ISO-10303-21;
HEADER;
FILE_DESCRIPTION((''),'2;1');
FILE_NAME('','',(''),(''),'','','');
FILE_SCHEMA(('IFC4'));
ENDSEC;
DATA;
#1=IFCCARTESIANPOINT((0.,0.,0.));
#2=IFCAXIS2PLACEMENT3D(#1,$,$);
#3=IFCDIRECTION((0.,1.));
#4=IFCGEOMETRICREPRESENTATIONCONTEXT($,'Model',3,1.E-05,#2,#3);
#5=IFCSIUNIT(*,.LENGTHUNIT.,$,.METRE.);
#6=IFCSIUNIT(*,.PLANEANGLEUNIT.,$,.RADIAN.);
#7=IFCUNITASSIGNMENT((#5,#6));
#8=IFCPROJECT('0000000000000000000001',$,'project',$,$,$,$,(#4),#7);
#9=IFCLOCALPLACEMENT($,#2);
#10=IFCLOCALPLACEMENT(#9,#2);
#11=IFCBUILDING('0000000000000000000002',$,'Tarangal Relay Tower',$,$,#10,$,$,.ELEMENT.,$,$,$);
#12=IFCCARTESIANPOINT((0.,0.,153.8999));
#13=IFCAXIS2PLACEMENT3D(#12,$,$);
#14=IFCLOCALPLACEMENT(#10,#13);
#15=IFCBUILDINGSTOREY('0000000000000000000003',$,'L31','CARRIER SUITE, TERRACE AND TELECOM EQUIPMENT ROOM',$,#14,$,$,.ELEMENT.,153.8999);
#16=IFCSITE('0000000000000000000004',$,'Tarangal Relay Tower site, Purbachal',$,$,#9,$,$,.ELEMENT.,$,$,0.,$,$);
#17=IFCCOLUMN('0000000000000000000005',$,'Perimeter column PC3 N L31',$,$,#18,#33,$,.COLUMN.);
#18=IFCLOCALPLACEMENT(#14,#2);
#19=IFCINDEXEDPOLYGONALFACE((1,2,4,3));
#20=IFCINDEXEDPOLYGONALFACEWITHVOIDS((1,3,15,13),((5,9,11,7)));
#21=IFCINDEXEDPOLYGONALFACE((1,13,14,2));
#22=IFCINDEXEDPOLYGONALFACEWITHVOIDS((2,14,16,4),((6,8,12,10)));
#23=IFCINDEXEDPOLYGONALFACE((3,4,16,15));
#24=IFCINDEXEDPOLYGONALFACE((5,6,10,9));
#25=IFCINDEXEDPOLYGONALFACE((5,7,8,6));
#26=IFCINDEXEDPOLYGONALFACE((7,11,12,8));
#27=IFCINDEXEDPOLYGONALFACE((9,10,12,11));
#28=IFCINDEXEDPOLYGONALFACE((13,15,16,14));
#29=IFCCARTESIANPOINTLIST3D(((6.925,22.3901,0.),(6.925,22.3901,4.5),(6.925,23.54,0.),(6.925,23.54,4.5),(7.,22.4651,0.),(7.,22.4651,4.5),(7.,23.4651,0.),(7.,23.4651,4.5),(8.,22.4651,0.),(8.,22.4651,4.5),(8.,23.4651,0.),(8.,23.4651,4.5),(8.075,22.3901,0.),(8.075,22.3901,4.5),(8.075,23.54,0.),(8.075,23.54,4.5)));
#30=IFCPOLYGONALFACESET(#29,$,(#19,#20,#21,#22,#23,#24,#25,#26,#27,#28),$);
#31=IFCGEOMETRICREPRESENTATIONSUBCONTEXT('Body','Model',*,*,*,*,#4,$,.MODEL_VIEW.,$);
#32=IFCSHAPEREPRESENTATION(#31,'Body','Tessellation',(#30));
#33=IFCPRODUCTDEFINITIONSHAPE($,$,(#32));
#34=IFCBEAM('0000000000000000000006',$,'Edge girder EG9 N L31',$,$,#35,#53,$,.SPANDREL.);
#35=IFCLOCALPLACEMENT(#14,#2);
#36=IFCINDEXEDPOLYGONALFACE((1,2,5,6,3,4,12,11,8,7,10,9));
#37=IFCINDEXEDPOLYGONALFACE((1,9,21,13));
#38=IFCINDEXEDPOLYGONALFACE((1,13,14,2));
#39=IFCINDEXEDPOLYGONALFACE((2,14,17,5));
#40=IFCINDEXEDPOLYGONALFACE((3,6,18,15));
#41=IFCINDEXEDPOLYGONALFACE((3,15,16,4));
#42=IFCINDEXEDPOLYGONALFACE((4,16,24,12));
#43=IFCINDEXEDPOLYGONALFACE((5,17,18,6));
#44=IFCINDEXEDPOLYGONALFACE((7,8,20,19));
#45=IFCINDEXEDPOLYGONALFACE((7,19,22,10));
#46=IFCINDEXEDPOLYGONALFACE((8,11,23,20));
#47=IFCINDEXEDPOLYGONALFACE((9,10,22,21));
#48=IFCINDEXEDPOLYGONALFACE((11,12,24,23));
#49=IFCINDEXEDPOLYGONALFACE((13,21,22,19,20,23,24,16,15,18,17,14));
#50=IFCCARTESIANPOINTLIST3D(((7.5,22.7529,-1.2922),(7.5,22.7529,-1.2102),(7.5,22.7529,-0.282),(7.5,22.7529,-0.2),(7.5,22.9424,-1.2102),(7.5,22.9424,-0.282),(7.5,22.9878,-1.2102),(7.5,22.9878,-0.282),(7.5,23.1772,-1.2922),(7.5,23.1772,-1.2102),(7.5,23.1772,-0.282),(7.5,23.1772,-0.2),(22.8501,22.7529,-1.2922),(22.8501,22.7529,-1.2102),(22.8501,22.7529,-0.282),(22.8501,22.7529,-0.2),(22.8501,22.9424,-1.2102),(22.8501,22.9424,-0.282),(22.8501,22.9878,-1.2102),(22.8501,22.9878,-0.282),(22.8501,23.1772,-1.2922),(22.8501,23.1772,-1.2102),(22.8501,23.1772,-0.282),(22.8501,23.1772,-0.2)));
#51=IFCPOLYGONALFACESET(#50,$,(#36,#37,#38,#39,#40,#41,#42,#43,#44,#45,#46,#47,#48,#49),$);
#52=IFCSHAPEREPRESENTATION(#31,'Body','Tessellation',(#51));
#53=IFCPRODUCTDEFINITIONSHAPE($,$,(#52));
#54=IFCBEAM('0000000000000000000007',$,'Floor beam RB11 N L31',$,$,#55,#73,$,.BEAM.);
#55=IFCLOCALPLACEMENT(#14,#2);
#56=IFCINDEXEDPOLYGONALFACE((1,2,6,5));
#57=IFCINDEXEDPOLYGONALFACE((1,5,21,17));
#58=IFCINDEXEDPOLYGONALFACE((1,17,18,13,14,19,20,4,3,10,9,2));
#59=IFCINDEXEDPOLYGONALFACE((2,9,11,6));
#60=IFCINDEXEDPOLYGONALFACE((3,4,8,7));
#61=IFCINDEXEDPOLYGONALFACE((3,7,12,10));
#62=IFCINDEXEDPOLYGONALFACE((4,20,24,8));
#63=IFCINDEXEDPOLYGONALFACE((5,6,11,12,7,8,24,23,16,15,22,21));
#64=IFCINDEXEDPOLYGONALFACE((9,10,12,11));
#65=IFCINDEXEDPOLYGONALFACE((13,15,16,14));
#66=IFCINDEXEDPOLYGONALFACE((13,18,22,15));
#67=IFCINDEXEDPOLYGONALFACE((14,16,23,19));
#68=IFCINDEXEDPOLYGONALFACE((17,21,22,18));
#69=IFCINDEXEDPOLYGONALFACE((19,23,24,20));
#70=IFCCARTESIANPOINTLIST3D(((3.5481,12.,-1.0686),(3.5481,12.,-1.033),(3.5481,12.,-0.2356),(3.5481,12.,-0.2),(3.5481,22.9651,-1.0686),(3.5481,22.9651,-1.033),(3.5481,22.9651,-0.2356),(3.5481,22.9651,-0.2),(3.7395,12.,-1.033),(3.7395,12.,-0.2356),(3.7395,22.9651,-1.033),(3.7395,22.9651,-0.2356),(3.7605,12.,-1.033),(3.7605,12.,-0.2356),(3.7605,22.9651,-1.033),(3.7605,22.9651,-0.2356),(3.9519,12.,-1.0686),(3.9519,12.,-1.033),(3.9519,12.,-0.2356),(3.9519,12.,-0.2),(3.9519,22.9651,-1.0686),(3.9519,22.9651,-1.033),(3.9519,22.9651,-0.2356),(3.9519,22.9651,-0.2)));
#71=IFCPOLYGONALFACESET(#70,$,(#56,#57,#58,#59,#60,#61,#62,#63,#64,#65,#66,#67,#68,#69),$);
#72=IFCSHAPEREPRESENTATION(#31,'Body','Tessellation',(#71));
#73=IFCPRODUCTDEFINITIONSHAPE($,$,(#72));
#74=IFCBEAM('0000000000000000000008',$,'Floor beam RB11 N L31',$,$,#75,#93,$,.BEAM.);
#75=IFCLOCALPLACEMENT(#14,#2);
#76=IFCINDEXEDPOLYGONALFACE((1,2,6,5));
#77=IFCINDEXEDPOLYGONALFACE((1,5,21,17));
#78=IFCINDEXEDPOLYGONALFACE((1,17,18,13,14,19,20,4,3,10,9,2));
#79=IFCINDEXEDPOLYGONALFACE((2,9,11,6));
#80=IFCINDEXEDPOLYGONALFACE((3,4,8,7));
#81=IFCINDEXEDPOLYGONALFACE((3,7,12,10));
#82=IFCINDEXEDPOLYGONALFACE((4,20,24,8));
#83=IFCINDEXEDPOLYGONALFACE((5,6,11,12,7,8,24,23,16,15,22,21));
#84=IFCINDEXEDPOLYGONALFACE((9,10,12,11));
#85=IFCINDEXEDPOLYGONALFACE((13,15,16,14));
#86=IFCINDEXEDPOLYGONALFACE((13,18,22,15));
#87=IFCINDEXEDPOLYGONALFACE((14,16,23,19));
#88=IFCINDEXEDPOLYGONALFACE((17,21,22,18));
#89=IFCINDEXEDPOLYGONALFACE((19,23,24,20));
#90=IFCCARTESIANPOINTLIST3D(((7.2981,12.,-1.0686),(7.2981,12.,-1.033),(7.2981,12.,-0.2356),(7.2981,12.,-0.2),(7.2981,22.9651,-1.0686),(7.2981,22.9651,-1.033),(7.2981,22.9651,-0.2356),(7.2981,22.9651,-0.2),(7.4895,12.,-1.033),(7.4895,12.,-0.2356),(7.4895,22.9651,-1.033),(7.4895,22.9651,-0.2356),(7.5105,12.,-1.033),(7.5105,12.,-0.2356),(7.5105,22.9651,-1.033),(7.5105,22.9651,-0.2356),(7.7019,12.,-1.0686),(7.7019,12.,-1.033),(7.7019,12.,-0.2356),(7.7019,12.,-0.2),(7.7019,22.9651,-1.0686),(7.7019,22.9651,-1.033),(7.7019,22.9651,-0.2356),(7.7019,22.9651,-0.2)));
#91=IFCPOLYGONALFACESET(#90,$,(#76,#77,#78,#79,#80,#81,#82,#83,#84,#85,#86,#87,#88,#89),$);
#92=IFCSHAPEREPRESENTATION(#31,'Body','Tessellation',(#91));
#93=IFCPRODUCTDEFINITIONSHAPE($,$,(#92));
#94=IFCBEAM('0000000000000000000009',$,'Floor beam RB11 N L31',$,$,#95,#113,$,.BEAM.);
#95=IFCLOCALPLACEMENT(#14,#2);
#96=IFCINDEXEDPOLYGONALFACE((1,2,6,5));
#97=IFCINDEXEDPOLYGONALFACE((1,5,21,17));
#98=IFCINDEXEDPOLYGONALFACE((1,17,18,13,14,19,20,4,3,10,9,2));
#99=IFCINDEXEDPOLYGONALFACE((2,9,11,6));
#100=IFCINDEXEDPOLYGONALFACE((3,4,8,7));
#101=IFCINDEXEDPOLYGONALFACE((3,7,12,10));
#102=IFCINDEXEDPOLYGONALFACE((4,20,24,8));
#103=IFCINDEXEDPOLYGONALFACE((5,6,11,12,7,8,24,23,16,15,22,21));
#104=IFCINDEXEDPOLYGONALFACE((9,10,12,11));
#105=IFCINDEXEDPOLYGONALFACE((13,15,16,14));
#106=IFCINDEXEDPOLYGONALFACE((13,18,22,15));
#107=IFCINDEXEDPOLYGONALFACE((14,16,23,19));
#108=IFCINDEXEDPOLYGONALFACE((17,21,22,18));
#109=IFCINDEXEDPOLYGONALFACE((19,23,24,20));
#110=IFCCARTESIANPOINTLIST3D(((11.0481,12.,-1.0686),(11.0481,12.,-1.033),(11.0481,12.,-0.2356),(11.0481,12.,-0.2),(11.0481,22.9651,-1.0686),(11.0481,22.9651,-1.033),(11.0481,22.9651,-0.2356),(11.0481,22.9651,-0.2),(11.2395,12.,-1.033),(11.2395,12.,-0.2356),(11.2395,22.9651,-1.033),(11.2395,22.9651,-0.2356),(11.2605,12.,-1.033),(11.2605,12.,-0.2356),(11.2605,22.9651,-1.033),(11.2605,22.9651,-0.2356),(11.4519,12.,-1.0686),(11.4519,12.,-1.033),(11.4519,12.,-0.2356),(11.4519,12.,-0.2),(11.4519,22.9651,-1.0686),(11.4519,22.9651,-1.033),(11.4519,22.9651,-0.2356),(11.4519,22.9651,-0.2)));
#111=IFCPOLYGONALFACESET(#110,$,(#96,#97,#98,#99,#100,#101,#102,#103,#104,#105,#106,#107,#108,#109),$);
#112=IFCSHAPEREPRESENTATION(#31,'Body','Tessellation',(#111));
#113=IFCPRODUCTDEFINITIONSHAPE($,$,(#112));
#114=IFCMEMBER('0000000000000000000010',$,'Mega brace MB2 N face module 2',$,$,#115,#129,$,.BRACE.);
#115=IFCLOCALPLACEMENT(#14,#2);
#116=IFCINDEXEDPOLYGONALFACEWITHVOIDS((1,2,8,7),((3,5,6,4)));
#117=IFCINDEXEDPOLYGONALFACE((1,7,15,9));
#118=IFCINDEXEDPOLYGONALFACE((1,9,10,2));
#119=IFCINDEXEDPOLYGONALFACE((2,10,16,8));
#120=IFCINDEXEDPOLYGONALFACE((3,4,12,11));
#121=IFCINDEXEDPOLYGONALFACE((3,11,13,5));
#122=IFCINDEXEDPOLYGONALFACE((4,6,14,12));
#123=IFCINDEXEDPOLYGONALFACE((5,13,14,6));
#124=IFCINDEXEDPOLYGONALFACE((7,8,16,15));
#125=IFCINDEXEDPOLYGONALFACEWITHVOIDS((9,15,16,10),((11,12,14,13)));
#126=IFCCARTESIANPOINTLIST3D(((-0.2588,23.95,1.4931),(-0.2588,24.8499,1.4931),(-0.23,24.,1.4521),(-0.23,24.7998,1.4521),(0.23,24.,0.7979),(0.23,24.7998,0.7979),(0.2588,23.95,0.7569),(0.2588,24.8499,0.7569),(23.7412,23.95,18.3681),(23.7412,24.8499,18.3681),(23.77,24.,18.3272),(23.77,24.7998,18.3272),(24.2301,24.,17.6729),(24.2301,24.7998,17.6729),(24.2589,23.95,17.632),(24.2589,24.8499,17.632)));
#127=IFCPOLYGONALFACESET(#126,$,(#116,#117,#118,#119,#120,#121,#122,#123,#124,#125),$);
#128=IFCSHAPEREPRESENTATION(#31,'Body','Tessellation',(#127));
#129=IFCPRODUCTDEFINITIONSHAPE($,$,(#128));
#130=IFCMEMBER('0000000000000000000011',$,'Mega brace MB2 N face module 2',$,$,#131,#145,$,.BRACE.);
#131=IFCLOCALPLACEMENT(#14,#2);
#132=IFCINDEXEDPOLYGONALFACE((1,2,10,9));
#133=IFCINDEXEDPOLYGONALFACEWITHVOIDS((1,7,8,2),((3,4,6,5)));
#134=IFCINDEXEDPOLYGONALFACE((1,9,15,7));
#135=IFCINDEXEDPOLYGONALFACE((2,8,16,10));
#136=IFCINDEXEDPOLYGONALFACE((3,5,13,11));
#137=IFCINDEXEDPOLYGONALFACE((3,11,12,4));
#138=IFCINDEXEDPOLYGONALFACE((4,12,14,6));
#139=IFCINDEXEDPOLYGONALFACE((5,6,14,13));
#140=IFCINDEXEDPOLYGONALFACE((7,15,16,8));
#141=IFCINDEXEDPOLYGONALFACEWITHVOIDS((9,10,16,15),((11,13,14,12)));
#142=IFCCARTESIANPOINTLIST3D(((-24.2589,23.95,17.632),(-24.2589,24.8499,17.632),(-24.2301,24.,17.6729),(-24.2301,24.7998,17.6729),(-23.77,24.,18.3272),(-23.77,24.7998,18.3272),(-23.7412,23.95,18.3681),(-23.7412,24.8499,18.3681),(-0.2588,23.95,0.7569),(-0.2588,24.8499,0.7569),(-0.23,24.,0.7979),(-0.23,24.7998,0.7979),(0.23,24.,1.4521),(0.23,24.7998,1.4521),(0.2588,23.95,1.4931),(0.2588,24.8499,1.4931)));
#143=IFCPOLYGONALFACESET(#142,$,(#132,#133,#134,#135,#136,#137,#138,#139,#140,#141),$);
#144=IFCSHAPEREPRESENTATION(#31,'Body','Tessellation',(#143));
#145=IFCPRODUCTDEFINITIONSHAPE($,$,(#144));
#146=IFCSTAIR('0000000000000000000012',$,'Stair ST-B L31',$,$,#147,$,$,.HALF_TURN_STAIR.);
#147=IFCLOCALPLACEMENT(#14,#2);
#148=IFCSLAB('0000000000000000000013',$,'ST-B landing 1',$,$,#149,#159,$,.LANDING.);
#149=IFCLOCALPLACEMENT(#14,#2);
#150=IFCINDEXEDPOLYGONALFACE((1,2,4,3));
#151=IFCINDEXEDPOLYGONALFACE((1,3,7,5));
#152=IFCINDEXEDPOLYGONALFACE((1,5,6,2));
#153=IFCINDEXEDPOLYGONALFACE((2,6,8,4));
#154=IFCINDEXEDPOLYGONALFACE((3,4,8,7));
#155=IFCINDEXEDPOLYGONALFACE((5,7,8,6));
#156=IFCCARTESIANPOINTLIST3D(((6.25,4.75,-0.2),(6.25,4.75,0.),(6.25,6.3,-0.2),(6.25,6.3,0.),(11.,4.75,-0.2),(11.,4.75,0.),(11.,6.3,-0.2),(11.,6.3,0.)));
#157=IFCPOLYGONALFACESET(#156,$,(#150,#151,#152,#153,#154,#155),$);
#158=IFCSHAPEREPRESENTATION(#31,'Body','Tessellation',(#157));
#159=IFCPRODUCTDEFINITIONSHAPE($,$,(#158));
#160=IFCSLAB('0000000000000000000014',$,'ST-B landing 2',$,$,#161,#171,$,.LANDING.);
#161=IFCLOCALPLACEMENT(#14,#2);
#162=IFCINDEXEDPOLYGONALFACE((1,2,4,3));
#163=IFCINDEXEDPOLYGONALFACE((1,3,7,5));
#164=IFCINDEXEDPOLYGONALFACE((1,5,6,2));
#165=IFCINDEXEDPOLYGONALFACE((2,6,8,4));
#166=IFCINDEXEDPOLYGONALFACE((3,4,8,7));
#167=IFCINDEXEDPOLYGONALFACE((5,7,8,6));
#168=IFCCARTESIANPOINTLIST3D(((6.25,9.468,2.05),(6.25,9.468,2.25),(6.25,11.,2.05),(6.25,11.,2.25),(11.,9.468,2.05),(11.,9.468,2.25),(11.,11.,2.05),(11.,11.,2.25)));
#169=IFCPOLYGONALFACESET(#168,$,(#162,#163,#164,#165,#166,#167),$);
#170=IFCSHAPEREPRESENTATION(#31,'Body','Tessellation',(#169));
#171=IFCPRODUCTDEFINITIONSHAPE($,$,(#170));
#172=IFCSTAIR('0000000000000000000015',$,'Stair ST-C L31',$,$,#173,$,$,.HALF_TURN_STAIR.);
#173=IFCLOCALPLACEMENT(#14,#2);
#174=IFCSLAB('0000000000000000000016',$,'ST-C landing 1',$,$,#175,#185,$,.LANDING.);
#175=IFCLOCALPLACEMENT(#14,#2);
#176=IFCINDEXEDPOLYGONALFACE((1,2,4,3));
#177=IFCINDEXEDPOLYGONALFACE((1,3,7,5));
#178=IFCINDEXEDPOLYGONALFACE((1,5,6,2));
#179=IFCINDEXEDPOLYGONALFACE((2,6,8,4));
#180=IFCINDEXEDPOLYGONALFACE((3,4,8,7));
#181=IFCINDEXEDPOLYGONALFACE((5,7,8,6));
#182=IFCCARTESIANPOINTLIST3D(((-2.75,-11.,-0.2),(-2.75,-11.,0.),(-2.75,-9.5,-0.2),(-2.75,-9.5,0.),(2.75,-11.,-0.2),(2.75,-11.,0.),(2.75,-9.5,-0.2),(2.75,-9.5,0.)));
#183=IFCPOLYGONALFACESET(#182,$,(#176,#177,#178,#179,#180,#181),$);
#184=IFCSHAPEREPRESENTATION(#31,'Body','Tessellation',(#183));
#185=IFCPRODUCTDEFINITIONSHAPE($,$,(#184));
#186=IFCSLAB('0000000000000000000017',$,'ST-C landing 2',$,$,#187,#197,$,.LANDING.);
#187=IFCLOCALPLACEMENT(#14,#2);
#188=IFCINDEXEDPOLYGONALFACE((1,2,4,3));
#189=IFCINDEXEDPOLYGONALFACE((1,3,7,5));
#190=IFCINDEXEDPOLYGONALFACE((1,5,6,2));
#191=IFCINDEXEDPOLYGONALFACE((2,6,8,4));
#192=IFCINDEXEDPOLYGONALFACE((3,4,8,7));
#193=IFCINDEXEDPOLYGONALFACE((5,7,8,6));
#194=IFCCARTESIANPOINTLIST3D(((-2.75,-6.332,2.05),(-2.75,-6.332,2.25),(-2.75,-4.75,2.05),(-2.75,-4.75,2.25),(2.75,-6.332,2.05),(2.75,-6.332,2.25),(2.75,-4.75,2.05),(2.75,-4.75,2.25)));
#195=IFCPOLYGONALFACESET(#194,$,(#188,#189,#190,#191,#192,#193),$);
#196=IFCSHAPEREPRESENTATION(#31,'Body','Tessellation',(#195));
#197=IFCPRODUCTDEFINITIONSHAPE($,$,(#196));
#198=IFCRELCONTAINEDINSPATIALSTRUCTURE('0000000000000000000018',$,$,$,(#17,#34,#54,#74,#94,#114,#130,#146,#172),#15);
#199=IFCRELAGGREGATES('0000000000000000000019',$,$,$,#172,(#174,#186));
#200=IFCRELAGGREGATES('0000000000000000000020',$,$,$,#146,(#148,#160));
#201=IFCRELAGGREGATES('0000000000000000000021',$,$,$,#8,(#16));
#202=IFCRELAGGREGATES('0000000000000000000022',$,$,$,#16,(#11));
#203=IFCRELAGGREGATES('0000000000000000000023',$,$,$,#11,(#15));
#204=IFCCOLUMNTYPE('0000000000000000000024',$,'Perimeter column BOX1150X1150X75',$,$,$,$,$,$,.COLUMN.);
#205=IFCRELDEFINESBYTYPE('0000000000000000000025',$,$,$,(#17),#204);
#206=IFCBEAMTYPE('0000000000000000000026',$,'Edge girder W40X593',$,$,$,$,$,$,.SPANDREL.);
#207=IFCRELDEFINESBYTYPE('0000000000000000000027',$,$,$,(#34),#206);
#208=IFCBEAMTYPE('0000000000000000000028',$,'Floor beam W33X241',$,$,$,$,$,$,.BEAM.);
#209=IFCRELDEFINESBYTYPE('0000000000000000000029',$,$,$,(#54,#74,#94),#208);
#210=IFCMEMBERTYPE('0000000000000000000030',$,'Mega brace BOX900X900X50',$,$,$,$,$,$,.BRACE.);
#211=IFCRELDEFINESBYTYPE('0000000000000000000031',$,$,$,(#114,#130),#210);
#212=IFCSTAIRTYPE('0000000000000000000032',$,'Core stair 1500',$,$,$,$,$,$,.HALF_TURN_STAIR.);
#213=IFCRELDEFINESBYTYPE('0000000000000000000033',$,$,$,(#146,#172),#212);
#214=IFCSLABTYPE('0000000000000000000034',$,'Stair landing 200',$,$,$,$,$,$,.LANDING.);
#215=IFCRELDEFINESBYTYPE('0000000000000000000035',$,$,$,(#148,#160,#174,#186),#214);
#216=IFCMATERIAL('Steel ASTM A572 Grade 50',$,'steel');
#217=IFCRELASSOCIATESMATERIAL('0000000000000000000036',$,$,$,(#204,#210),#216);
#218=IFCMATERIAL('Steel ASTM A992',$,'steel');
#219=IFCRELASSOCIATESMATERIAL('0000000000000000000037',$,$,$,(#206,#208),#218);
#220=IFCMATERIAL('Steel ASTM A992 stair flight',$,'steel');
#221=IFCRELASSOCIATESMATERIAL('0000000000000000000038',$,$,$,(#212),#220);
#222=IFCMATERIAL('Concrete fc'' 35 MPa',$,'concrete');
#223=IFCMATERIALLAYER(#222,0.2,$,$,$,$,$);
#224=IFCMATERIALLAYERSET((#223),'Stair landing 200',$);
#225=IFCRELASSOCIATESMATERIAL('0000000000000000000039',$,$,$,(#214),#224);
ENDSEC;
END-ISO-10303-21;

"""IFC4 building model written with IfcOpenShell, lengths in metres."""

from ifc_helpers import new_model, si_unit, direction, frame, origin, origin_2d, place, context, subcontext, project, spatial, polyline, hollow_rectangle, i_section, outline, extrude, material, layer, layer_set, material_profile, profile_set, type_object, element, aggregate, save


model = new_model("IFC4")

# Units and contexts
model_context = context("Model", 3, precision=1e-05, world=origin(), true_north=direction((0.0, 1.0)))
body_context = subcontext(model_context, "Body", "Model", "MODEL_VIEW")
ifc_project = project(units=[si_unit("LENGTHUNIT", "METRE"), si_unit("PLANEANGLEUNIT", "RADIAN")], contexts=[model_context])

# Site, building, storey
site_placement = place(None, origin())
site = spatial("IfcSite", under=ifc_project, at=site_placement, Name="Tarangal Relay Tower site, Purbachal", CompositionType="ELEMENT", RefElevation=0.0)
building_placement = place(site_placement, origin())
building = spatial("IfcBuilding", under=site, at=building_placement, Name="Tarangal Relay Tower", CompositionType="ELEMENT")
storey_placement = place(building_placement, frame((0.0, 0.0, 153.8999)))
storey = spatial("IfcBuildingStorey", under=building, at=storey_placement, Name="L31", Description="CARRIER SUITE, TERRACE AND TELECOM EQUIPMENT ROOM", CompositionType="ELEMENT", Elevation=153.8999)

# Column
ifc_material_1 = material(Name="Steel ASTM A572 Grade 50", Category="steel")
ifc_material_profile_1 = material_profile(ifc_material_1, hollow_rectangle(XDim=1.1499, YDim=1.1499, WallThickness=0.075, at=origin_2d()), Name="BOX1150X1150X75")
ifc_profile_set_1 = profile_set([ifc_material_profile_1], Name="Steel ASTM A572 Grade 50")
column_type = type_object("IfcColumnType", Name="Perimeter column BOX1150X1150X75", PredefinedType="COLUMN", material=ifc_profile_set_1)
column_placement = place(storey_placement, frame((7.5, 22.9651, 0.0), z_axis=(0.0, 0.0, 1.0), x_axis=(1.0, 0.0, 0.0)))
element("IfcColumn", 1, at=column_placement, inside=storey, type_object=column_type, Name="Perimeter column PC3 N L31", PredefinedType="COLUMN", context=body_context, shape_type="SweptSolid", body=[
    extrude(hollow_rectangle(XDim=1.1499, YDim=1.1499, WallThickness=0.075, at=origin_2d()), origin(), (0.0, 0.0, 1.0), 4.5),
])

# Beams
ifc_material_2 = material(Name="Steel ASTM A992", Category="steel")
ifc_material_profile_2 = material_profile(ifc_material_2, i_section(OverallWidth=0.4243, OverallDepth=1.0923, WebThickness=0.0454, FlangeThickness=0.082, at=origin_2d()), Name="W40X593")
ifc_profile_set_2 = profile_set([ifc_material_profile_2], Name="Steel ASTM A992")
beam_type_1 = type_object("IfcBeamType", Name="Edge girder W40X593", PredefinedType="SPANDREL", material=ifc_profile_set_2)
beam_placement = place(storey_placement, frame((7.5, 22.9651, -0.7461), z_axis=(1.0, 0.0, 0.0), x_axis=(0.0, 1.0, 0.0)))
element("IfcBeam", 2, at=beam_placement, inside=storey, type_object=beam_type_1, Name="Edge girder EG9 N L31", PredefinedType="SPANDREL", context=body_context, shape_type="SweptSolid", body=[
    extrude(i_section(OverallWidth=0.4243, OverallDepth=1.0923, WebThickness=0.0454, FlangeThickness=0.082, at=origin_2d()), origin(), (0.0, 0.0, 1.0), 15.3501),
])
ifc_material_profile_3 = material_profile(ifc_material_2, i_section(OverallWidth=0.4038, OverallDepth=0.8687, WebThickness=0.021, FlangeThickness=0.0356, at=origin_2d()), Name="W33X241")
ifc_profile_set_3 = profile_set([ifc_material_profile_3], Name="Steel ASTM A992")
beam_type_2 = type_object("IfcBeamType", Name="Floor beam W33X241", PredefinedType="BEAM", material=ifc_profile_set_3)
for number, where, z_axis, x_axis, name in (
    (3, (3.75, 12.0, -0.6343), (0.0, 1.0, 0.0), (-1.0, 0.0, 0.0), "Floor beam RB11 N L31"),
    (4, (7.5, 12.0, -0.6343), (0.0, 1.0, 0.0), (-1.0, 0.0, 0.0), "Floor beam RB11 N L31"),
    (5, (11.25, 12.0, -0.6343), (0.0, 1.0, 0.0), (-1.0, 0.0, 0.0), "Floor beam RB11 N L31"),
):
    element("IfcBeam", number, at=place(storey_placement, frame(where, z_axis=z_axis, x_axis=x_axis)), inside=storey, type_object=beam_type_2, Name=name, PredefinedType="BEAM", context=body_context, shape_type="SweptSolid", body=[
        extrude(i_section(OverallWidth=0.4038, OverallDepth=0.8687, WebThickness=0.021, FlangeThickness=0.0356, at=origin_2d()), origin(), (0.0, 0.0, 1.0), 10.9651),
    ])

# Members
ifc_material_profile_4 = material_profile(ifc_material_1, hollow_rectangle(XDim=0.8999, YDim=0.8999, WallThickness=0.05, at=origin_2d()), Name="BOX900X900X50")
ifc_profile_set_4 = profile_set([ifc_material_profile_4], Name="Steel ASTM A572 Grade 50")
member_type = type_object("IfcMemberType", Name="Mega brace BOX900X900X50", PredefinedType="BRACE", material=ifc_profile_set_4)
for number, where, z_axis, x_axis, name in (
    (6, (0.0, 24.3999, 1.125), (0.818029, 0.0, 0.575177), (0.0, 1.0, 0.0), "Mega brace MB2 N face module 2"),
    (7, (0.0, 24.3999, 1.125), (-0.818029, 0.0, 0.575177), (0.0, -1.0, 0.0), "Mega brace MB2 N face module 2"),
):
    element("IfcMember", number, at=place(storey_placement, frame(where, z_axis=z_axis, x_axis=x_axis)), inside=storey, type_object=member_type, Name=name, PredefinedType="BRACE", context=body_context, shape_type="SweptSolid", body=[
        extrude(hollow_rectangle(XDim=0.8999, YDim=0.8999, WallThickness=0.05, at=origin_2d()), origin(), (0.0, 0.0, 1.0), 29.3389),
    ])

# Stairs, slabs
ifc_material_3 = material(Name="Steel ASTM A992 stair flight", Category="steel")
stair_type = type_object("IfcStairType", Name="Core stair 1500", PredefinedType="HALF_TURN_STAIR", material=ifc_material_3)
stair_1_placement = place(storey_placement, origin())
stair_1 = element("IfcStair", 8, at=stair_1_placement, inside=storey, type_object=stair_type, Name="Stair ST-B L31", PredefinedType="HALF_TURN_STAIR")
ifc_material_4 = material(Name="Concrete fc' 35 MPa", Category="concrete")
ifc_layer_1 = layer(ifc_material_4, 0.2)
ifc_layer_set_1 = layer_set([ifc_layer_1], Name="Stair landing 200")
slab_type = type_object("IfcSlabType", Name="Stair landing 200", PredefinedType="LANDING", material=ifc_layer_set_1)
slab_1_placement = place(storey_placement, frame((0.0, 0.0, -0.2)))
slab_1 = element("IfcSlab", 9, at=slab_1_placement, type_object=slab_type, Name="ST-B landing 1", PredefinedType="LANDING", context=body_context, shape_type="SweptSolid", body=[
    extrude(outline(polyline([(6.25, 4.75), (11.0, 4.75), (11.0, 6.3), (6.25, 6.3), (6.25, 4.75)])), origin(), (0.0, 0.0, 1.0), 0.2),
])
slab_2_placement = place(storey_placement, frame((0.0, 0.0, 2.05)))
slab_2 = element("IfcSlab", 10, at=slab_2_placement, type_object=slab_type, Name="ST-B landing 2", PredefinedType="LANDING", context=body_context, shape_type="SweptSolid", body=[
    extrude(outline(polyline([(6.25, 9.468), (11.0, 9.468), (11.0, 11.0), (6.25, 11.0), (6.25, 9.468)])), origin(), (0.0, 0.0, 1.0), 0.2),
])
stair_2_placement = place(storey_placement, origin())
stair_2 = element("IfcStair", 11, at=stair_2_placement, inside=storey, type_object=stair_type, Name="Stair ST-C L31", PredefinedType="HALF_TURN_STAIR")
slab_3_placement = place(storey_placement, frame((0.0, 0.0, -0.2)))
slab_3 = element("IfcSlab", 12, at=slab_3_placement, type_object=slab_type, Name="ST-C landing 1", PredefinedType="LANDING", context=body_context, shape_type="SweptSolid", body=[
    extrude(outline(polyline([(-2.75, -11.0), (2.75, -11.0), (2.75, -9.5), (-2.75, -9.5), (-2.75, -11.0)])), origin(), (0.0, 0.0, 1.0), 0.2),
])
slab_4_placement = place(storey_placement, frame((0.0, 0.0, 2.05)))
slab_4 = element("IfcSlab", 13, at=slab_4_placement, type_object=slab_type, Name="ST-C landing 2", PredefinedType="LANDING", context=body_context, shape_type="SweptSolid", body=[
    extrude(outline(polyline([(-2.75, -6.332), (2.75, -6.332), (2.75, -4.75), (-2.75, -4.75), (-2.75, -6.332)])), origin(), (0.0, 0.0, 1.0), 0.2),
])
aggregate(stair_2, [slab_3, slab_4])

aggregate(stair_1, [slab_1, slab_2])

save(model, "model.ifc")
